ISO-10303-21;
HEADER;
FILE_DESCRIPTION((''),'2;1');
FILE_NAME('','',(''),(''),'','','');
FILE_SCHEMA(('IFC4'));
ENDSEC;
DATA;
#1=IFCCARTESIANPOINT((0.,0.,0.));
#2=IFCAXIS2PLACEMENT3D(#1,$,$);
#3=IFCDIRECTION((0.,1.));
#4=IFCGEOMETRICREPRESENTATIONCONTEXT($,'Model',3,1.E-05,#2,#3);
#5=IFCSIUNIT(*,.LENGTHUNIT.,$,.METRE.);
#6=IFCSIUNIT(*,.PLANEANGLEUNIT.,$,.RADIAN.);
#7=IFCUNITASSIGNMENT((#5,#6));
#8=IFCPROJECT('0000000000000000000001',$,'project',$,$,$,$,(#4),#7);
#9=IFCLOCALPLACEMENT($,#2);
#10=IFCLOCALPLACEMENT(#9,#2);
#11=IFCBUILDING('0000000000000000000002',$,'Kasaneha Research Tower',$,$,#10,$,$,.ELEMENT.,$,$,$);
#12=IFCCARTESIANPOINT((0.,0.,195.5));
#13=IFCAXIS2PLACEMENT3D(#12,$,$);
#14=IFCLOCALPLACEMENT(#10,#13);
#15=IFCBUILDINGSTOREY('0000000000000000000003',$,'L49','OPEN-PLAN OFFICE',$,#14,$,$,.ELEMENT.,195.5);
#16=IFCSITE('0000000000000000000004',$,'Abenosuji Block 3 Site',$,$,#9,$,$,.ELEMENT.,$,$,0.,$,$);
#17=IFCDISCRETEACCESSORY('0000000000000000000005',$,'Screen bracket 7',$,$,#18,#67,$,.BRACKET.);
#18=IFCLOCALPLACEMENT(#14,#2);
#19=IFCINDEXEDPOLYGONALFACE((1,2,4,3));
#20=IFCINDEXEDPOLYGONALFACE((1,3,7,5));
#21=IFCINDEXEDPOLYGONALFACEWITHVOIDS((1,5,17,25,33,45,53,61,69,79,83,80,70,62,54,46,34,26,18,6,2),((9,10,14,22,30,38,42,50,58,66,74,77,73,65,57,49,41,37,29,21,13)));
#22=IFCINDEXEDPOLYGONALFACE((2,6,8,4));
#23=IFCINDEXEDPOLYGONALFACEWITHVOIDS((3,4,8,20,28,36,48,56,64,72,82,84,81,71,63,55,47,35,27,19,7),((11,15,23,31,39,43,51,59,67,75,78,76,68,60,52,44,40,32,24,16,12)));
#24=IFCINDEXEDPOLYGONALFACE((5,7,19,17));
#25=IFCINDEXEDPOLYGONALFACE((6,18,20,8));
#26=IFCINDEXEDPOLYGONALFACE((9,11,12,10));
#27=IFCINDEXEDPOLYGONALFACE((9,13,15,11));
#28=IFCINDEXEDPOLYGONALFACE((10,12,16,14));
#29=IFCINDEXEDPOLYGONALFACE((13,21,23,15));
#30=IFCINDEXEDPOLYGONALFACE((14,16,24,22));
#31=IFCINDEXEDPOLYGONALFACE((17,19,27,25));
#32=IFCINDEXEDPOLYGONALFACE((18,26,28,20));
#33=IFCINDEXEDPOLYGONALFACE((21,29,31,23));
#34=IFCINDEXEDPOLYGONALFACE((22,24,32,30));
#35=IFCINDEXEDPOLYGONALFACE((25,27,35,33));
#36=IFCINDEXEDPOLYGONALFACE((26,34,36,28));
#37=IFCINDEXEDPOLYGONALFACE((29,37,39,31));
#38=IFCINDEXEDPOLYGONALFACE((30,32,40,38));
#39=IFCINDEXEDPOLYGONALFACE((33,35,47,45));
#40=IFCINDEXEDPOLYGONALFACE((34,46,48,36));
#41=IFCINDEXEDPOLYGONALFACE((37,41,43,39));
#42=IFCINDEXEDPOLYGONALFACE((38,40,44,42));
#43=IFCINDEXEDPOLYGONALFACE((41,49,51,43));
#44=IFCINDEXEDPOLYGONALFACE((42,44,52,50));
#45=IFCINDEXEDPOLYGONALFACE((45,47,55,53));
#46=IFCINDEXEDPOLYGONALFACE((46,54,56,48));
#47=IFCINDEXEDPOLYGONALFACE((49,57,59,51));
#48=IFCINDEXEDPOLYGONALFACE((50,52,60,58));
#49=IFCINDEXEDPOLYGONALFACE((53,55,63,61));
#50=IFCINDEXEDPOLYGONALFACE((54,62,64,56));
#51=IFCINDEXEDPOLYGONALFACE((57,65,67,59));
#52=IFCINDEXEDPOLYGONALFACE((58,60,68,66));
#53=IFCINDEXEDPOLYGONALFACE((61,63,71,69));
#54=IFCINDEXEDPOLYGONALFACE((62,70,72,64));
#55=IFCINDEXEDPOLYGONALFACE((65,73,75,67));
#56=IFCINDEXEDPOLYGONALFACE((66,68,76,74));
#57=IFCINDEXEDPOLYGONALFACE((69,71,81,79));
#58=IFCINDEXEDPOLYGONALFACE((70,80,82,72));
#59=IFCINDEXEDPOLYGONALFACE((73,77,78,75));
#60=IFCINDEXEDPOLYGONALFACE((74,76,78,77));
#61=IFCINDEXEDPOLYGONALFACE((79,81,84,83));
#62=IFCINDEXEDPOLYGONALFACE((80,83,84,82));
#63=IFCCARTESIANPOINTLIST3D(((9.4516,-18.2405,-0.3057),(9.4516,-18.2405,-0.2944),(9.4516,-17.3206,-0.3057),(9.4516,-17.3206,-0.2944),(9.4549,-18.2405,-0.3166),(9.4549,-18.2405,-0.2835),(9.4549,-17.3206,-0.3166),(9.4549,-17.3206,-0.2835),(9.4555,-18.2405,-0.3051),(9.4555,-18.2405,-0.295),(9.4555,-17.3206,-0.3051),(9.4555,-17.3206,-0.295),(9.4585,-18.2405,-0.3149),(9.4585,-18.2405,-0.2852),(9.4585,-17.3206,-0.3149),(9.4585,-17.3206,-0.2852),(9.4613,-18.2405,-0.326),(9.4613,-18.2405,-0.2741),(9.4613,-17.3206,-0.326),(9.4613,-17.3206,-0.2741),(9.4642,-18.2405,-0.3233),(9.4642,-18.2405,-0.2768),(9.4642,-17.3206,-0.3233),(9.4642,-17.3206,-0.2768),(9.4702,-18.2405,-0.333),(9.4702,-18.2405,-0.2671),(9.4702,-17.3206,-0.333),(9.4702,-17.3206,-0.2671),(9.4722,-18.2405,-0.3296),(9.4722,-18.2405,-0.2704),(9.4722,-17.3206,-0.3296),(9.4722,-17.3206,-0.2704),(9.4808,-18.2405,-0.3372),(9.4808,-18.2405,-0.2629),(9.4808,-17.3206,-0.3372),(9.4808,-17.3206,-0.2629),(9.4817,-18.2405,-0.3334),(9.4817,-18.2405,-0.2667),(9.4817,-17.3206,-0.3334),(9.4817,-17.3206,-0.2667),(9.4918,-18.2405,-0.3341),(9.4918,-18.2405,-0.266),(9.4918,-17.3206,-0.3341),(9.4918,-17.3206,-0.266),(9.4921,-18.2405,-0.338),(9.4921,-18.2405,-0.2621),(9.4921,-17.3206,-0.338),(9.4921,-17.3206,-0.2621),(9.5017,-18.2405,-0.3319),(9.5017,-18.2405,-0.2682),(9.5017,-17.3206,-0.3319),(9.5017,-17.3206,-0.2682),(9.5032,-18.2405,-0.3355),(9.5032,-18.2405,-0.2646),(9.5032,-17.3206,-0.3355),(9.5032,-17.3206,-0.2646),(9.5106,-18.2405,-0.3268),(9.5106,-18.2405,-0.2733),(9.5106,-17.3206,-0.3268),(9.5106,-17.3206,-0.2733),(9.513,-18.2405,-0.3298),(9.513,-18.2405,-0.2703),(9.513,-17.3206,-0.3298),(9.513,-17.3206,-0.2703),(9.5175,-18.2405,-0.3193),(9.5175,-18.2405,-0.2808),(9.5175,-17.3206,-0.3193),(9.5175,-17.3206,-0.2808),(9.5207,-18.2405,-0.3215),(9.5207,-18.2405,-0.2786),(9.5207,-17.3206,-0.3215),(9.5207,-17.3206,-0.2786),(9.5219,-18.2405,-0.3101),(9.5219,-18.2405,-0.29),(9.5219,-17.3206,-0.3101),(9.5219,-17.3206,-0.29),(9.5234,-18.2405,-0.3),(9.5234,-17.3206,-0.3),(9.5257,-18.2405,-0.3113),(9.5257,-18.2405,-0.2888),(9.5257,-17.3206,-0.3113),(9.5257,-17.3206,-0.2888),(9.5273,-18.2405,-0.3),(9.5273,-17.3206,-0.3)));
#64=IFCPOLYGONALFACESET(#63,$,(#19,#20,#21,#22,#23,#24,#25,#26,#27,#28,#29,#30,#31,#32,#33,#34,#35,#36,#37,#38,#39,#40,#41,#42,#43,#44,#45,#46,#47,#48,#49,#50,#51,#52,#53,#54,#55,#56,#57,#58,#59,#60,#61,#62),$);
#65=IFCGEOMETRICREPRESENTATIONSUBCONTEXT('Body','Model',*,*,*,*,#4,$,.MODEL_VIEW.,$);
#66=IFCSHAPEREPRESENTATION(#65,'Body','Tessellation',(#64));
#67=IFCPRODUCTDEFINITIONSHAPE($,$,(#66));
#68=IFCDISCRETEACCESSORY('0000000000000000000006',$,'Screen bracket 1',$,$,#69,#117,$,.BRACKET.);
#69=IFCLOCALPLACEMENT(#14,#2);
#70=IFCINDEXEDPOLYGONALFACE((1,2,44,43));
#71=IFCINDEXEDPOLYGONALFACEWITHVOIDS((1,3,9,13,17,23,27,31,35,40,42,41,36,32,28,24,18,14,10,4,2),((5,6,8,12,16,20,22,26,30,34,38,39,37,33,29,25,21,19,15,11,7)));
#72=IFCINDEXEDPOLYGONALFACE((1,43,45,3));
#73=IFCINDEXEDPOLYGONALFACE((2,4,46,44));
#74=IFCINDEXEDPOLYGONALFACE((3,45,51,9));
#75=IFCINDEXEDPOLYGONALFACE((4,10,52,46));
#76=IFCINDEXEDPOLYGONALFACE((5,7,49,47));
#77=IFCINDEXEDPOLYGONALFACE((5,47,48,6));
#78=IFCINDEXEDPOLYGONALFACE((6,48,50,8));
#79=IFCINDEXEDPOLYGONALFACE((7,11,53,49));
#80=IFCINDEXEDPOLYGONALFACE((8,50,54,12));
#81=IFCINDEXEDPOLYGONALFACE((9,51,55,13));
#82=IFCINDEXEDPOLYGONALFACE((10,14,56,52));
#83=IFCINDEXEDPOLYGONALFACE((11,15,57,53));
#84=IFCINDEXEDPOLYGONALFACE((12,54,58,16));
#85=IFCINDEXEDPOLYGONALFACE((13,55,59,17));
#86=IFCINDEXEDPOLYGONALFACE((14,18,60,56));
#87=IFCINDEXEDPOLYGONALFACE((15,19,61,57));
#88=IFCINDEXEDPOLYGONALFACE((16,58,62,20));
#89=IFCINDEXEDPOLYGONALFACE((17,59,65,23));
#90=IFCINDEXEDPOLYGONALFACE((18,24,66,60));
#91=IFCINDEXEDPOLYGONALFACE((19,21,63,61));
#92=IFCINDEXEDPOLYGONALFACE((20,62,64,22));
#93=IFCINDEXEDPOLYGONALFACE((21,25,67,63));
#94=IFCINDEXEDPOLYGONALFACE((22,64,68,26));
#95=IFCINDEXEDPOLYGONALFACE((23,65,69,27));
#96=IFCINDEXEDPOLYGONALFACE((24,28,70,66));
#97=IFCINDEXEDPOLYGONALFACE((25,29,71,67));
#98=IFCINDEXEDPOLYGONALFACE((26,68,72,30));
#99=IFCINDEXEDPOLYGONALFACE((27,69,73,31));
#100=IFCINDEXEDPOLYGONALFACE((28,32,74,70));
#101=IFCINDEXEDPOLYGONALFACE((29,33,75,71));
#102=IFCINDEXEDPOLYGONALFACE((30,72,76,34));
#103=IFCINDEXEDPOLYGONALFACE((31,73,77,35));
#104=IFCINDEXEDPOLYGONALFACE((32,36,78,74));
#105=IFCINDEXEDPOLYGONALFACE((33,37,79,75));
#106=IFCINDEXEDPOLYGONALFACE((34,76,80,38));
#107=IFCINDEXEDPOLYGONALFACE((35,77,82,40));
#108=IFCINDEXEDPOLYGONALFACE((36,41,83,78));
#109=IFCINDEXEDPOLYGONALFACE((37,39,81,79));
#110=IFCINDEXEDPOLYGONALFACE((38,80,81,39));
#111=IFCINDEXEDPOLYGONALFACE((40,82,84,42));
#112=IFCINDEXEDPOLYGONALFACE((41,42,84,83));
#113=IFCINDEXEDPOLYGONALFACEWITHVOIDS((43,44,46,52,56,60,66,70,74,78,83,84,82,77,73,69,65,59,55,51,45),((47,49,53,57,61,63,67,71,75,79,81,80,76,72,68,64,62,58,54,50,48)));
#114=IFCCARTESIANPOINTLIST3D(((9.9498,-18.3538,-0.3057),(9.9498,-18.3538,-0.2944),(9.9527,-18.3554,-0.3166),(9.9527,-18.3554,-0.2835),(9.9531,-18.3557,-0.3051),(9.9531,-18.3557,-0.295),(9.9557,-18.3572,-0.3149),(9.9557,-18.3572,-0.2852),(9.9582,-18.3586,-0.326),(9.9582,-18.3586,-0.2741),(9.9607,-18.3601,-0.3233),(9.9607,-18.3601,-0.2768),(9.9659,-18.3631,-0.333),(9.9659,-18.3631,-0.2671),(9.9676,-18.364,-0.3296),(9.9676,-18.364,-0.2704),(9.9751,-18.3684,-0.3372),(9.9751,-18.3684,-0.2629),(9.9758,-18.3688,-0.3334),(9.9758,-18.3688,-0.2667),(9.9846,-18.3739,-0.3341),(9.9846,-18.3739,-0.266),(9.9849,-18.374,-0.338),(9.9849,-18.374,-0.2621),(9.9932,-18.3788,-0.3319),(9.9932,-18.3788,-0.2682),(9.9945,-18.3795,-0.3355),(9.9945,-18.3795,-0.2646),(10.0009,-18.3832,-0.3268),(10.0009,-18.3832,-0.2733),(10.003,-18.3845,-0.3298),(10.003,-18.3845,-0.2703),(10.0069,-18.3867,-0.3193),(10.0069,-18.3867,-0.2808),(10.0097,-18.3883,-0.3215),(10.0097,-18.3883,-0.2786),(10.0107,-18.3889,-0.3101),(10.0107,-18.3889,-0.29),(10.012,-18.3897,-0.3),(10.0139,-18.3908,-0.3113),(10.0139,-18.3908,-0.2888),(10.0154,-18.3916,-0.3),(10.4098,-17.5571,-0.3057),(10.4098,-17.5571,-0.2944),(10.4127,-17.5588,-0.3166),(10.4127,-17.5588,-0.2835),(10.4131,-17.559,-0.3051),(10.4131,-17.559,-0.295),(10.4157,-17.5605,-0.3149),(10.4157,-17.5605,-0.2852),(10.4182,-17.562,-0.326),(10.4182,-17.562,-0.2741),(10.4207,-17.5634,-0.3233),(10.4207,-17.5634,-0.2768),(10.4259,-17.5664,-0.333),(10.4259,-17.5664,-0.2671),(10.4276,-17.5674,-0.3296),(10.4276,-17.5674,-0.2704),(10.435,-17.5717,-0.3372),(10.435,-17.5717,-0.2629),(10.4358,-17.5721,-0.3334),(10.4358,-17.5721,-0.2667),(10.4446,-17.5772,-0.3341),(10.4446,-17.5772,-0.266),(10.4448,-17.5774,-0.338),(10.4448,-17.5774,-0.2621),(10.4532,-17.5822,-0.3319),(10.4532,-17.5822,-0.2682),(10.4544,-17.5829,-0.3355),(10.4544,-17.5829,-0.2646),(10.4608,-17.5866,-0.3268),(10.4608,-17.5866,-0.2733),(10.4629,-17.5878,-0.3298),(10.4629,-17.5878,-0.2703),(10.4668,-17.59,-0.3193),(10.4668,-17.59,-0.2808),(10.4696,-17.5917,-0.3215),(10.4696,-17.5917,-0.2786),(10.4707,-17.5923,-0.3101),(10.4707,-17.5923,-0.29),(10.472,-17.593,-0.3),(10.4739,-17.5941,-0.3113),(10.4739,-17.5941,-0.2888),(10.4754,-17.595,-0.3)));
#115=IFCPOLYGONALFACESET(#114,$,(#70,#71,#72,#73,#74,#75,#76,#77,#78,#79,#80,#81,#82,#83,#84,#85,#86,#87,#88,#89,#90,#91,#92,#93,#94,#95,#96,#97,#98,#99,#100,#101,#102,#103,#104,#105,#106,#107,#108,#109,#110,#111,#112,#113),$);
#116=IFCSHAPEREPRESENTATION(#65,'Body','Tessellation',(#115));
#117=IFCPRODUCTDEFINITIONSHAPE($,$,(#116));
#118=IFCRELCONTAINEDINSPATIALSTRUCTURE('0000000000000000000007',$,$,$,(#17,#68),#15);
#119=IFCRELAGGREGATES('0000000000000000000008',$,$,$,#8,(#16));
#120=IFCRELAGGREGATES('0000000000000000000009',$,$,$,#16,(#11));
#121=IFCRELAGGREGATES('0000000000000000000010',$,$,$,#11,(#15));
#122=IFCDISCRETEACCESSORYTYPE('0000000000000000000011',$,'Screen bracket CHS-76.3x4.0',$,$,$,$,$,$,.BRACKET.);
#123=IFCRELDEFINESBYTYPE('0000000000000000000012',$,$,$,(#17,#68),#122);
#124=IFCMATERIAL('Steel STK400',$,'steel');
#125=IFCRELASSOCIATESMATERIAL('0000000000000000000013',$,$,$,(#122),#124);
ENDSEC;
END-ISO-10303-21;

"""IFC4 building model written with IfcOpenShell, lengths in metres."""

from ifc_helpers import new_model, si_unit, direction, frame, origin, origin_2d, place, context, subcontext, project, spatial, hollow_circle, extrude, material, material_profile, profile_set, type_object, element, save


model = new_model("IFC4")

# Units and contexts
model_context = context("Model", 3, precision=1e-05, world=origin(), true_north=direction((0.0, 1.0)))
body_context = subcontext(model_context, "Body", "Model", "MODEL_VIEW")
ifc_project = project(units=[si_unit("LENGTHUNIT", "METRE"), si_unit("PLANEANGLEUNIT", "RADIAN")], contexts=[model_context])

# Site, building, storey
site_placement = place(None, origin())
site = spatial("IfcSite", under=ifc_project, at=site_placement, Name="Abenosuji Block 3 Site", CompositionType="ELEMENT", RefElevation=0.0)
building_placement = place(site_placement, origin())
building = spatial("IfcBuilding", under=site, at=building_placement, Name="Kasaneha Research Tower", CompositionType="ELEMENT")
storey_placement = place(building_placement, frame((0.0, 0.0, 195.5)))
storey = spatial("IfcBuildingStorey", under=building, at=storey_placement, Name="L49", Description="OPEN-PLAN OFFICE", CompositionType="ELEMENT", Elevation=195.5)

# Discrete accessories
ifc_material_1 = material(Name="Steel STK400", Category="steel")
ifc_material_profile_1 = material_profile(ifc_material_1, hollow_circle(Radius=0.0381, WallThickness=0.0039, at=origin_2d()), Name="CHS-76.3x4.0")
ifc_profile_set_1 = profile_set([ifc_material_profile_1], Name="Steel STK400")
discrete_accessory_type = type_object("IfcDiscreteAccessoryType", Name="Screen bracket CHS-76.3x4.0", PredefinedType="BRACKET", material=ifc_profile_set_1)
for number, where, z_axis, x_axis, name in (
    (1, (9.4893, -17.3206, -0.3), (0.0, -1.0, 0.0), (1.0, 0.0, 0.0), "Screen bracket 7"),
    (2, (10.4424, -17.5759, -0.3), (-0.500021, -0.866013, 0.0), (0.866013, -0.500021, 0.0), "Screen bracket 1"),
):
    element("IfcDiscreteAccessory", number, at=place(storey_placement, frame(where, z_axis=z_axis, x_axis=x_axis)), inside=storey, type_object=discrete_accessory_type, Name=name, PredefinedType="BRACKET", context=body_context, shape_type="SweptSolid", body=[
        extrude(hollow_circle(Radius=0.0381, WallThickness=0.0039, at=origin_2d()), origin(), (0.0, 0.0, 1.0), 0.9199),
    ])

save(model, "model.ifc")
